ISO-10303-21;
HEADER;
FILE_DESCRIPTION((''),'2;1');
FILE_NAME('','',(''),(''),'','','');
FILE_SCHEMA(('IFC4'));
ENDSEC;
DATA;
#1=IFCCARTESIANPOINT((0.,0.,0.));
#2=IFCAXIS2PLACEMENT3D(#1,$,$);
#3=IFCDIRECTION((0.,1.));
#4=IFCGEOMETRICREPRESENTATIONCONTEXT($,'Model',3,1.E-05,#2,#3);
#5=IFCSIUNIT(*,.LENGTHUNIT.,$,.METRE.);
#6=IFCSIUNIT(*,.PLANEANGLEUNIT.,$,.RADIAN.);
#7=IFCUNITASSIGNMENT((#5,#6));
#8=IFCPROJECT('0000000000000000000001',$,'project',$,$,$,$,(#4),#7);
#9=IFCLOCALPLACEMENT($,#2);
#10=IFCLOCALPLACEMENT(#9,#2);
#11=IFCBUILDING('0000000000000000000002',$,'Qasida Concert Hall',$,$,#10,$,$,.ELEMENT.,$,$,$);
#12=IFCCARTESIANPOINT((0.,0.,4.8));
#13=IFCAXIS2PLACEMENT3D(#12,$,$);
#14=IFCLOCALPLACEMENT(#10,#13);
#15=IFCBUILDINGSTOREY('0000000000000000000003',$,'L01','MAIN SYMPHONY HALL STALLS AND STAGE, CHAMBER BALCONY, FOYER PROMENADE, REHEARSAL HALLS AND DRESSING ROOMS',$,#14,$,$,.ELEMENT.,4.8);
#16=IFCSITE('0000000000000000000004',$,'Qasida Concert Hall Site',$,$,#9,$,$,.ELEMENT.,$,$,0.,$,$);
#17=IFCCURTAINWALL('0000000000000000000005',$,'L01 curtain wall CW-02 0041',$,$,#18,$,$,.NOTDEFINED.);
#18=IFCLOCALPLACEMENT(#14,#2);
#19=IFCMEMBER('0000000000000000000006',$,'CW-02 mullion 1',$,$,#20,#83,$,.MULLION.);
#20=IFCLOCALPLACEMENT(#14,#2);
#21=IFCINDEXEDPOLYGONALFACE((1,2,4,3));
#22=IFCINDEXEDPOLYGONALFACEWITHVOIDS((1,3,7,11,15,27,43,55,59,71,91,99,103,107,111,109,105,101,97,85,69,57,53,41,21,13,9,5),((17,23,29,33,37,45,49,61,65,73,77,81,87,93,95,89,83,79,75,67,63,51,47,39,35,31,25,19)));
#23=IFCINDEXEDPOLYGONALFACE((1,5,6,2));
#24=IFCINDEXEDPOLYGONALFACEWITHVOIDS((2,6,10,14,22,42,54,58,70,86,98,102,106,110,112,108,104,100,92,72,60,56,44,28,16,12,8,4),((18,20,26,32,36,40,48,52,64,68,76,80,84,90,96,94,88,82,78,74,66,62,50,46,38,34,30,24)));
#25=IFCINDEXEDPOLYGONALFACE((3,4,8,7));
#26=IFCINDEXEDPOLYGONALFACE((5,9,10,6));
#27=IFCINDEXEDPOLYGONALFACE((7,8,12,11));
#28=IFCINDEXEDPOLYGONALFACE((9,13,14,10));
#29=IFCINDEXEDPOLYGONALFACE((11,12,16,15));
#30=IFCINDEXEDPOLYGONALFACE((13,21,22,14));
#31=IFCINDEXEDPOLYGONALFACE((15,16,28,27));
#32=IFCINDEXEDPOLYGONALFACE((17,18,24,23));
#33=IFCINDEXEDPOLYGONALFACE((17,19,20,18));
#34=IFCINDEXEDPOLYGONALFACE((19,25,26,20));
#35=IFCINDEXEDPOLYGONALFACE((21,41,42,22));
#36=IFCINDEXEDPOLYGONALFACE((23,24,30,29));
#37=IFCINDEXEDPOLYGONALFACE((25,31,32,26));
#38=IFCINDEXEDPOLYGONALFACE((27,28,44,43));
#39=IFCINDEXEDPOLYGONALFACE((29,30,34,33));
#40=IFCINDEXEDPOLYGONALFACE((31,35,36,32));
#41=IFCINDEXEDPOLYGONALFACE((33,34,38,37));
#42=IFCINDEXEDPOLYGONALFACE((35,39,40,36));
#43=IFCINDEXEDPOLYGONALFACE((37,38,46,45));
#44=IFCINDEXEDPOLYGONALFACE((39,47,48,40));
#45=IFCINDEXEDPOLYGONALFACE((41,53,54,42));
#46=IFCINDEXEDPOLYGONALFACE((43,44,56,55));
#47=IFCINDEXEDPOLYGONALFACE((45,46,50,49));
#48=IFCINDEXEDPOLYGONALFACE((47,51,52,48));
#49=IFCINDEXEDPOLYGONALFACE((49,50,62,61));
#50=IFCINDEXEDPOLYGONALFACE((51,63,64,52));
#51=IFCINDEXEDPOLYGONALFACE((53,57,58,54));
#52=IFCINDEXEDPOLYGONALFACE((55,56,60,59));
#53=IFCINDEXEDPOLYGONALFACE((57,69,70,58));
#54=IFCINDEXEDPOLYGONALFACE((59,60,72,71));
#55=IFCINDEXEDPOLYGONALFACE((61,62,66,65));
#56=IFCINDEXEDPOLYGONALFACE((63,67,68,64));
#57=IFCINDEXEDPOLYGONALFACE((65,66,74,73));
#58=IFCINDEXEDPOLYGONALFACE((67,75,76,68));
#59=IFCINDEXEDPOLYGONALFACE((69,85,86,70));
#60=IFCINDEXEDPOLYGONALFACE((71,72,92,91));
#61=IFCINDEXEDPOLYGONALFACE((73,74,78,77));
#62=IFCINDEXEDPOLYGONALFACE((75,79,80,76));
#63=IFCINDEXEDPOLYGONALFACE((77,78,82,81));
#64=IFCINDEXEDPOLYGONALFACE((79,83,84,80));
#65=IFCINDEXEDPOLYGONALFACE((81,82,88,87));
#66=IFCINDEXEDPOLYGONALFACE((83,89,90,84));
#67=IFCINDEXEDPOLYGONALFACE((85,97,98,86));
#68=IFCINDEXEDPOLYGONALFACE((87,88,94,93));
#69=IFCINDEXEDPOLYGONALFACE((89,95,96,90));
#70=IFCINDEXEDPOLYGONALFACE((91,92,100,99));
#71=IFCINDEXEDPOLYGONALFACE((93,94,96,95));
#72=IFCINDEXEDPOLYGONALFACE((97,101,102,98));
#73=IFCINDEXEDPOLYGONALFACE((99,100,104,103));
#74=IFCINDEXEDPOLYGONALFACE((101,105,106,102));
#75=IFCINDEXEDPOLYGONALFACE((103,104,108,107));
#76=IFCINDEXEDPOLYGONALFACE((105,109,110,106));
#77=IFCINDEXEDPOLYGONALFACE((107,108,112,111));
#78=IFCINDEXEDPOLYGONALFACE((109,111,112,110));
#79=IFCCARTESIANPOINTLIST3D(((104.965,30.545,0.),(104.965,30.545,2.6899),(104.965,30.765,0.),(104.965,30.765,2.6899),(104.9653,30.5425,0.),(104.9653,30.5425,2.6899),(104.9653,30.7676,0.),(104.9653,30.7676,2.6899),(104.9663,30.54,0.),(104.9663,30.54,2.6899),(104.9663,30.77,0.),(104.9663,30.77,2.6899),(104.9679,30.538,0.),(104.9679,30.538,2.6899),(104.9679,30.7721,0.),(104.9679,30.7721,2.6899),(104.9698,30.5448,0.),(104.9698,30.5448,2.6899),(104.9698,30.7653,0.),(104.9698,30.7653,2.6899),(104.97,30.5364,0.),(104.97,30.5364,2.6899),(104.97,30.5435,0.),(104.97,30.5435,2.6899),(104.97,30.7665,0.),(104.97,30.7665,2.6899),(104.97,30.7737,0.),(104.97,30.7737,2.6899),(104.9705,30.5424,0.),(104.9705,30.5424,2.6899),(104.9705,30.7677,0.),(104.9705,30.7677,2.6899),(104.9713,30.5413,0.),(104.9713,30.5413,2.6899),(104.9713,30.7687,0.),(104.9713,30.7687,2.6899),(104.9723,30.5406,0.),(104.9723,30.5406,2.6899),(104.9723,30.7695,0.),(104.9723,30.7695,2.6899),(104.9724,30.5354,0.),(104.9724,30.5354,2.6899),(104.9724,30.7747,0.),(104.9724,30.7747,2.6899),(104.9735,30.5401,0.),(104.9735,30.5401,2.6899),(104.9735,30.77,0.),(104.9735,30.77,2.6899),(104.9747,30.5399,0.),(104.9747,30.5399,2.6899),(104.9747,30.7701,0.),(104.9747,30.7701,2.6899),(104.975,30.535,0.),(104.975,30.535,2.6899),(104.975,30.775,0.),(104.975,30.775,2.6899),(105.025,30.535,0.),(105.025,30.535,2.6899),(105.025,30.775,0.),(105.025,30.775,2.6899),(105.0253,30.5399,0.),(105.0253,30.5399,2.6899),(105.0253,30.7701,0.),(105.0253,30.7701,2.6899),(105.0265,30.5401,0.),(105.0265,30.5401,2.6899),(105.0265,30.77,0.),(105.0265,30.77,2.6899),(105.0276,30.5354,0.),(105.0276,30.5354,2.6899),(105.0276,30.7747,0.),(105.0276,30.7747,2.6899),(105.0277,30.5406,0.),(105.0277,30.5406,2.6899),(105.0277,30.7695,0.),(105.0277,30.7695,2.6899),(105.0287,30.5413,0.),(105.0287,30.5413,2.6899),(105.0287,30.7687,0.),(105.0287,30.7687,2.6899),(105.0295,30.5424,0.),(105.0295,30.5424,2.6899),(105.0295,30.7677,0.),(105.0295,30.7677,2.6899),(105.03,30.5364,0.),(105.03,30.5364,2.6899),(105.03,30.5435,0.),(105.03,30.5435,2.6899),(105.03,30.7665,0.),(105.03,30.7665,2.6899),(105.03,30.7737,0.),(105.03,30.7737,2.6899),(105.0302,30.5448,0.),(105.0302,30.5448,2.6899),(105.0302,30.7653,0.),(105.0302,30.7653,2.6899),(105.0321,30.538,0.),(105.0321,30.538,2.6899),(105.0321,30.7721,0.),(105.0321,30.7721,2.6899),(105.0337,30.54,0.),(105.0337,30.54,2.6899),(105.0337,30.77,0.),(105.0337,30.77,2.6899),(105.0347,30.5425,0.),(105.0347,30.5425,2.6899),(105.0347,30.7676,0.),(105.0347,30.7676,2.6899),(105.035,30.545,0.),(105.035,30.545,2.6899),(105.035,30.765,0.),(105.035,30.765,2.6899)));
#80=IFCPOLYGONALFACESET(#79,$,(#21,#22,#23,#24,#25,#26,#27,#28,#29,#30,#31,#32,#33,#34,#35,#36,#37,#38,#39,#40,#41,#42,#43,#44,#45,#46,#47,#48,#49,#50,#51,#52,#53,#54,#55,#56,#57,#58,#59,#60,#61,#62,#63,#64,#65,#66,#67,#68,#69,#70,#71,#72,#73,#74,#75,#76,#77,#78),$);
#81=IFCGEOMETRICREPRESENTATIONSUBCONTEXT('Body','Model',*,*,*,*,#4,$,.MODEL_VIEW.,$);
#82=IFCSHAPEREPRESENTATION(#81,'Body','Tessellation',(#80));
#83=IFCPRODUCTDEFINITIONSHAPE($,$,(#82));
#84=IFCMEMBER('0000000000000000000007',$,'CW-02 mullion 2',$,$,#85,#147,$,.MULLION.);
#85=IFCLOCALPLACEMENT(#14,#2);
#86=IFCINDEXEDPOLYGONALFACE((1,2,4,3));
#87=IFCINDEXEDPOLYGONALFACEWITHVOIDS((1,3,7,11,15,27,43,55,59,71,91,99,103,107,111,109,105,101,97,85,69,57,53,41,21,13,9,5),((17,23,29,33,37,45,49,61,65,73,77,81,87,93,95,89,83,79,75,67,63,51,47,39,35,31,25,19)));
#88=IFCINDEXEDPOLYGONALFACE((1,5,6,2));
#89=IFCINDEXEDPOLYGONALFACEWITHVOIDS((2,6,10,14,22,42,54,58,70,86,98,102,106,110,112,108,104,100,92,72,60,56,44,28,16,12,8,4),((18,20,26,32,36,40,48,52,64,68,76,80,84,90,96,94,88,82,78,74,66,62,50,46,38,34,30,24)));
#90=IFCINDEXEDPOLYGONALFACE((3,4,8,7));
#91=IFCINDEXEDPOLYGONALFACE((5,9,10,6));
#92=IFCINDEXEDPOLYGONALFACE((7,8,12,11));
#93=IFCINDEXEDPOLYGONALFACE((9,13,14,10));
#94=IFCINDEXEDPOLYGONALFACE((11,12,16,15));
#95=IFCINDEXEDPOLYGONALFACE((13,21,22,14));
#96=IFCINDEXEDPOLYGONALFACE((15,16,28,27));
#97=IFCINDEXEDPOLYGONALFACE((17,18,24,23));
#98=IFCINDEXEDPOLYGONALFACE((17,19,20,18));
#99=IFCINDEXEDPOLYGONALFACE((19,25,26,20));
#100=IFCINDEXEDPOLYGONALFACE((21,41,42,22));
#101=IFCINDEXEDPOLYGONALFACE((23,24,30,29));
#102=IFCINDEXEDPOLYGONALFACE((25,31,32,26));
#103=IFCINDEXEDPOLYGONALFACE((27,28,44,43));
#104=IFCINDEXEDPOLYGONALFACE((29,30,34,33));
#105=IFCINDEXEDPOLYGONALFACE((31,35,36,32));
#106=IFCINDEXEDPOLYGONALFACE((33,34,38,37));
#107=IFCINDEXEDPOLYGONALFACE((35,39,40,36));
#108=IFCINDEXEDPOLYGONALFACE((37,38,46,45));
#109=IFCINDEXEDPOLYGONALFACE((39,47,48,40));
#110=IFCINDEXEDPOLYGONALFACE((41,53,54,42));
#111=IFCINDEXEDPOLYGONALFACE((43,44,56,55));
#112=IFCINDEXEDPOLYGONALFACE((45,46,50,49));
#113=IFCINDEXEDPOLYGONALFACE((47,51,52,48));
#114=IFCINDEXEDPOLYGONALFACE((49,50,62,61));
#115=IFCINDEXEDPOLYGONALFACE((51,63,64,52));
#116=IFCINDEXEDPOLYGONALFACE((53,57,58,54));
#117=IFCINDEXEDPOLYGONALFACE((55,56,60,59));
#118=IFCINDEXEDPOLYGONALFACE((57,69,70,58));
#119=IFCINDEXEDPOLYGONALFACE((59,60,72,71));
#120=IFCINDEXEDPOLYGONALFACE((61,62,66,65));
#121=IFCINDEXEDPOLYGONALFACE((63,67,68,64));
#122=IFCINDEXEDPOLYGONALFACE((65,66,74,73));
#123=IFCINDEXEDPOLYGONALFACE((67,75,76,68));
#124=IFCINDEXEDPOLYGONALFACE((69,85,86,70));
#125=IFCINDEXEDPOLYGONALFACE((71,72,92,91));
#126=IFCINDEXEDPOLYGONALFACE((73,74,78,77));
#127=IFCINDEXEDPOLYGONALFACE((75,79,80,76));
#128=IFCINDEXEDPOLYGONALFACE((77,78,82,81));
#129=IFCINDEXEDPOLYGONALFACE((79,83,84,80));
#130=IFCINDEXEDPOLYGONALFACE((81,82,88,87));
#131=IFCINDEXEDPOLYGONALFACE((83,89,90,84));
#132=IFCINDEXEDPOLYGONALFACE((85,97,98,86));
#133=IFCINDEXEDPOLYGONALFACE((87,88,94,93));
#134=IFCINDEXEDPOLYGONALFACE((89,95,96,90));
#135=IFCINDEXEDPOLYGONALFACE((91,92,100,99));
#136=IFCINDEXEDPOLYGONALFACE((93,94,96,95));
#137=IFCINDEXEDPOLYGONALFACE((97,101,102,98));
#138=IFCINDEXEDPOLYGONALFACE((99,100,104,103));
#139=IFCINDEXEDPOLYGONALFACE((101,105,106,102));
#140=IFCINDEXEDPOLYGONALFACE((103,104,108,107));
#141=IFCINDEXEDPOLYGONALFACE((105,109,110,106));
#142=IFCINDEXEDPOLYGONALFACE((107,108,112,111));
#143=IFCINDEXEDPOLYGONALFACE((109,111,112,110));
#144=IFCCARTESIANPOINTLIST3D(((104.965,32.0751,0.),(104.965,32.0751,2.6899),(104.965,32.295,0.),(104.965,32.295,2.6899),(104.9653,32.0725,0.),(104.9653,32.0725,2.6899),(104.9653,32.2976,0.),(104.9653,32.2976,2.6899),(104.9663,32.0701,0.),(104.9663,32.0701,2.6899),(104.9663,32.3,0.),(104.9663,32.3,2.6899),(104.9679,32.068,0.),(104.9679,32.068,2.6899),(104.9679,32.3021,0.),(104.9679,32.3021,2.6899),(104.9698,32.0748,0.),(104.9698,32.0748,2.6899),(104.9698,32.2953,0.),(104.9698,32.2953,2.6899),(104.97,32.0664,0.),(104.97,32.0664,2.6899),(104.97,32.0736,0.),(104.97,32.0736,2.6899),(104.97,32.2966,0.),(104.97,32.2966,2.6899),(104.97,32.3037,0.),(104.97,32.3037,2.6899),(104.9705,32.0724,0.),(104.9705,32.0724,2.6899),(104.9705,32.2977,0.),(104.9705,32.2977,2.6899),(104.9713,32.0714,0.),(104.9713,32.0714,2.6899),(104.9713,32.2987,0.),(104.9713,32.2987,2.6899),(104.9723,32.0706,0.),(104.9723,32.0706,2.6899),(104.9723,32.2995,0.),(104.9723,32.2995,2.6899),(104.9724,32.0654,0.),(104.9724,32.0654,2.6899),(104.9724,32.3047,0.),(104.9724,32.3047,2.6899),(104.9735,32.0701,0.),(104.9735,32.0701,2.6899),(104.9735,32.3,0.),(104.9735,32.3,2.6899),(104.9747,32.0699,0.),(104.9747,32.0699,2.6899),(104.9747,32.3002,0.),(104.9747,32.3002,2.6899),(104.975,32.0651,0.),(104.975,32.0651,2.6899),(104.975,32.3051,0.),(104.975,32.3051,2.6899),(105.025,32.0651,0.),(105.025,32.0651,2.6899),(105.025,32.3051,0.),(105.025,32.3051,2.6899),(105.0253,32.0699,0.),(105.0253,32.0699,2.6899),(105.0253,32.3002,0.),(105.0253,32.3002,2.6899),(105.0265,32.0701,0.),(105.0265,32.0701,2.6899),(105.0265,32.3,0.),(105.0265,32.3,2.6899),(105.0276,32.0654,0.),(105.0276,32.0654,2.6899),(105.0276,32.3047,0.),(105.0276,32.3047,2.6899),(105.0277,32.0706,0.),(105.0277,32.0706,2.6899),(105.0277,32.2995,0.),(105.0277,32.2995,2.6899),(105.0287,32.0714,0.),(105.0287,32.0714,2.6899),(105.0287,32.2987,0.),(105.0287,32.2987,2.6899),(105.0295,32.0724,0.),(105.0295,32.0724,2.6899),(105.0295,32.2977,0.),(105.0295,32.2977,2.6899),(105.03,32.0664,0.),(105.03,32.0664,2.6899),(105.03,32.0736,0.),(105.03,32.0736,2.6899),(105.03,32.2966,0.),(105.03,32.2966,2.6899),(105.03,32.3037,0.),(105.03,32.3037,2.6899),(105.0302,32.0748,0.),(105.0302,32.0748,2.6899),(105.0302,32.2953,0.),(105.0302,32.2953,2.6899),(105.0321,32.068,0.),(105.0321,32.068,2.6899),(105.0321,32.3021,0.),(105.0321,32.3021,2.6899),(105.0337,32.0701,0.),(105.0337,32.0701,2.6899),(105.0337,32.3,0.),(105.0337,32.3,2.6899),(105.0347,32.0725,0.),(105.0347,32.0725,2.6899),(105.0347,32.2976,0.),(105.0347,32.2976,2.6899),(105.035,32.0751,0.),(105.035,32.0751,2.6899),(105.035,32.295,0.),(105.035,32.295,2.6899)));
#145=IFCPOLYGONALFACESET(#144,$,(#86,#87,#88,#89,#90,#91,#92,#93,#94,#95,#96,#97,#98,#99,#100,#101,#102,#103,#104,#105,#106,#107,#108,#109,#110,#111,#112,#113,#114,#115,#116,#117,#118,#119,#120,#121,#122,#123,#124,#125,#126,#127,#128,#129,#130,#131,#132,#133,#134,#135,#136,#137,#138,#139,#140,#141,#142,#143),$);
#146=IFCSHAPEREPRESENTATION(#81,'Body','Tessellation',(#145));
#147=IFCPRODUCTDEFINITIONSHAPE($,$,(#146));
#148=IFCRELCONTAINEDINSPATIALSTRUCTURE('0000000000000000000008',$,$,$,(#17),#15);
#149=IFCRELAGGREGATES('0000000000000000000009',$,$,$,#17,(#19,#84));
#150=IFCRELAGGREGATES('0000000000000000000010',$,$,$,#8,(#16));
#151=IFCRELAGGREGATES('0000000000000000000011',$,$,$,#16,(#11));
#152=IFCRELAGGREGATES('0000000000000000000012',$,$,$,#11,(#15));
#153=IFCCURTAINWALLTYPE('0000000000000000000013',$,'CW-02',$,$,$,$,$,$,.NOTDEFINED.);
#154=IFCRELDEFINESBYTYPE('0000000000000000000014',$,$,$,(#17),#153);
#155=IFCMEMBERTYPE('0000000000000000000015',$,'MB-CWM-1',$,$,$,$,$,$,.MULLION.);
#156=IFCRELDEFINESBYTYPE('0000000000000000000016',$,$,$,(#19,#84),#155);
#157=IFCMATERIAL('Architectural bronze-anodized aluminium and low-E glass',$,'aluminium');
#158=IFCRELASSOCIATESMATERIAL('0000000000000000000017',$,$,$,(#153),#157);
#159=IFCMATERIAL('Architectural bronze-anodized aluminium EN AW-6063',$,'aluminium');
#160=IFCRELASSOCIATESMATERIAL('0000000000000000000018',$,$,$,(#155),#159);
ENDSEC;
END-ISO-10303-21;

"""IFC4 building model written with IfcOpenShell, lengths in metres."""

from ifc_helpers import new_model, si_unit, direction, frame, origin, origin_2d, place, context, subcontext, project, spatial, hollow_rectangle, extrude, material, material_profile, profile_set, type_object, element, aggregate, save


model = new_model("IFC4")

# Units and contexts
model_context = context("Model", 3, precision=1e-05, world=origin(), true_north=direction((0.0, 1.0)))
body_context = subcontext(model_context, "Body", "Model", "MODEL_VIEW")
ifc_project = project(units=[si_unit("LENGTHUNIT", "METRE"), si_unit("PLANEANGLEUNIT", "RADIAN")], contexts=[model_context])

# Site, building, storey
site_placement = place(None, origin())
site = spatial("IfcSite", under=ifc_project, at=site_placement, Name="Qasida Concert Hall Site", CompositionType="ELEMENT", RefElevation=0.0)
building_placement = place(site_placement, origin())
building = spatial("IfcBuilding", under=site, at=building_placement, Name="Qasida Concert Hall", CompositionType="ELEMENT")
storey_placement = place(building_placement, frame((0.0, 0.0, 4.8)))
storey = spatial("IfcBuildingStorey", under=building, at=storey_placement, Name="L01", Description="MAIN SYMPHONY HALL STALLS AND STAGE, CHAMBER BALCONY, FOYER PROMENADE, REHEARSAL HALLS AND DRESSING ROOMS", CompositionType="ELEMENT", Elevation=4.8)

# Curtain wall, members
ifc_material_1 = material(Name="Architectural bronze-anodized aluminium and low-E glass", Category="aluminium")
curtain_wall_type = type_object("IfcCurtainWallType", Name="CW-02", PredefinedType="NOTDEFINED", material=ifc_material_1)
curtain_wall_placement = place(storey_placement, origin())
curtain_wall = element("IfcCurtainWall", 1, at=curtain_wall_placement, inside=storey, type_object=curtain_wall_type, Name="L01 curtain wall CW-02 0041", PredefinedType="NOTDEFINED")
ifc_material_2 = material(Name="Architectural bronze-anodized aluminium EN AW-6063", Category="aluminium")
ifc_material_profile_1 = material_profile(ifc_material_2, hollow_rectangle(XDim=0.0701, YDim=0.24, WallThickness=0.0049, InnerFilletRadius=0.0049, OuterFilletRadius=0.01, at=origin_2d()), Name="CWM 240x70x5")
ifc_profile_set_1 = profile_set([ifc_material_profile_1], Name="Architectural bronze-anodized aluminium EN AW-6063")
member_type_1 = type_object("IfcMemberType", Name="MB-CWM-1", PredefinedType="MULLION", material=ifc_profile_set_1)
member_1_placement = place(storey_placement, frame((105.0, 30.655, 0.0), z_axis=(0.0, 0.0, 1.0), x_axis=(-1.0, 0.0, 0.0)))
member_1 = element("IfcMember", 2, at=member_1_placement, type_object=member_type_1, Name="CW-02 mullion 1", PredefinedType="MULLION", context=body_context, shape_type="SweptSolid", body=[
    extrude(hollow_rectangle(XDim=0.0701, YDim=0.24, WallThickness=0.0049, InnerFilletRadius=0.0049, OuterFilletRadius=0.01, at=origin_2d()), origin(), (0.0, 0.0, 1.0), 2.6899),
])
member_2_placement = place(storey_placement, frame((105.0, 32.1851, 0.0), z_axis=(0.0, 0.0, 1.0), x_axis=(-1.0, 0.0, 0.0)))
member_2 = element("IfcMember", 3, at=member_2_placement, type_object=member_type_1, Name="CW-02 mullion 2", PredefinedType="MULLION", context=body_context, shape_type="SweptSolid", body=[
    extrude(hollow_rectangle(XDim=0.0701, YDim=0.24, WallThickness=0.0049, InnerFilletRadius=0.0049, OuterFilletRadius=0.01, at=origin_2d()), origin(), (0.0, 0.0, 1.0), 2.6899),
])
aggregate(curtain_wall, [member_1, member_2])

save(model, "model.ifc")
